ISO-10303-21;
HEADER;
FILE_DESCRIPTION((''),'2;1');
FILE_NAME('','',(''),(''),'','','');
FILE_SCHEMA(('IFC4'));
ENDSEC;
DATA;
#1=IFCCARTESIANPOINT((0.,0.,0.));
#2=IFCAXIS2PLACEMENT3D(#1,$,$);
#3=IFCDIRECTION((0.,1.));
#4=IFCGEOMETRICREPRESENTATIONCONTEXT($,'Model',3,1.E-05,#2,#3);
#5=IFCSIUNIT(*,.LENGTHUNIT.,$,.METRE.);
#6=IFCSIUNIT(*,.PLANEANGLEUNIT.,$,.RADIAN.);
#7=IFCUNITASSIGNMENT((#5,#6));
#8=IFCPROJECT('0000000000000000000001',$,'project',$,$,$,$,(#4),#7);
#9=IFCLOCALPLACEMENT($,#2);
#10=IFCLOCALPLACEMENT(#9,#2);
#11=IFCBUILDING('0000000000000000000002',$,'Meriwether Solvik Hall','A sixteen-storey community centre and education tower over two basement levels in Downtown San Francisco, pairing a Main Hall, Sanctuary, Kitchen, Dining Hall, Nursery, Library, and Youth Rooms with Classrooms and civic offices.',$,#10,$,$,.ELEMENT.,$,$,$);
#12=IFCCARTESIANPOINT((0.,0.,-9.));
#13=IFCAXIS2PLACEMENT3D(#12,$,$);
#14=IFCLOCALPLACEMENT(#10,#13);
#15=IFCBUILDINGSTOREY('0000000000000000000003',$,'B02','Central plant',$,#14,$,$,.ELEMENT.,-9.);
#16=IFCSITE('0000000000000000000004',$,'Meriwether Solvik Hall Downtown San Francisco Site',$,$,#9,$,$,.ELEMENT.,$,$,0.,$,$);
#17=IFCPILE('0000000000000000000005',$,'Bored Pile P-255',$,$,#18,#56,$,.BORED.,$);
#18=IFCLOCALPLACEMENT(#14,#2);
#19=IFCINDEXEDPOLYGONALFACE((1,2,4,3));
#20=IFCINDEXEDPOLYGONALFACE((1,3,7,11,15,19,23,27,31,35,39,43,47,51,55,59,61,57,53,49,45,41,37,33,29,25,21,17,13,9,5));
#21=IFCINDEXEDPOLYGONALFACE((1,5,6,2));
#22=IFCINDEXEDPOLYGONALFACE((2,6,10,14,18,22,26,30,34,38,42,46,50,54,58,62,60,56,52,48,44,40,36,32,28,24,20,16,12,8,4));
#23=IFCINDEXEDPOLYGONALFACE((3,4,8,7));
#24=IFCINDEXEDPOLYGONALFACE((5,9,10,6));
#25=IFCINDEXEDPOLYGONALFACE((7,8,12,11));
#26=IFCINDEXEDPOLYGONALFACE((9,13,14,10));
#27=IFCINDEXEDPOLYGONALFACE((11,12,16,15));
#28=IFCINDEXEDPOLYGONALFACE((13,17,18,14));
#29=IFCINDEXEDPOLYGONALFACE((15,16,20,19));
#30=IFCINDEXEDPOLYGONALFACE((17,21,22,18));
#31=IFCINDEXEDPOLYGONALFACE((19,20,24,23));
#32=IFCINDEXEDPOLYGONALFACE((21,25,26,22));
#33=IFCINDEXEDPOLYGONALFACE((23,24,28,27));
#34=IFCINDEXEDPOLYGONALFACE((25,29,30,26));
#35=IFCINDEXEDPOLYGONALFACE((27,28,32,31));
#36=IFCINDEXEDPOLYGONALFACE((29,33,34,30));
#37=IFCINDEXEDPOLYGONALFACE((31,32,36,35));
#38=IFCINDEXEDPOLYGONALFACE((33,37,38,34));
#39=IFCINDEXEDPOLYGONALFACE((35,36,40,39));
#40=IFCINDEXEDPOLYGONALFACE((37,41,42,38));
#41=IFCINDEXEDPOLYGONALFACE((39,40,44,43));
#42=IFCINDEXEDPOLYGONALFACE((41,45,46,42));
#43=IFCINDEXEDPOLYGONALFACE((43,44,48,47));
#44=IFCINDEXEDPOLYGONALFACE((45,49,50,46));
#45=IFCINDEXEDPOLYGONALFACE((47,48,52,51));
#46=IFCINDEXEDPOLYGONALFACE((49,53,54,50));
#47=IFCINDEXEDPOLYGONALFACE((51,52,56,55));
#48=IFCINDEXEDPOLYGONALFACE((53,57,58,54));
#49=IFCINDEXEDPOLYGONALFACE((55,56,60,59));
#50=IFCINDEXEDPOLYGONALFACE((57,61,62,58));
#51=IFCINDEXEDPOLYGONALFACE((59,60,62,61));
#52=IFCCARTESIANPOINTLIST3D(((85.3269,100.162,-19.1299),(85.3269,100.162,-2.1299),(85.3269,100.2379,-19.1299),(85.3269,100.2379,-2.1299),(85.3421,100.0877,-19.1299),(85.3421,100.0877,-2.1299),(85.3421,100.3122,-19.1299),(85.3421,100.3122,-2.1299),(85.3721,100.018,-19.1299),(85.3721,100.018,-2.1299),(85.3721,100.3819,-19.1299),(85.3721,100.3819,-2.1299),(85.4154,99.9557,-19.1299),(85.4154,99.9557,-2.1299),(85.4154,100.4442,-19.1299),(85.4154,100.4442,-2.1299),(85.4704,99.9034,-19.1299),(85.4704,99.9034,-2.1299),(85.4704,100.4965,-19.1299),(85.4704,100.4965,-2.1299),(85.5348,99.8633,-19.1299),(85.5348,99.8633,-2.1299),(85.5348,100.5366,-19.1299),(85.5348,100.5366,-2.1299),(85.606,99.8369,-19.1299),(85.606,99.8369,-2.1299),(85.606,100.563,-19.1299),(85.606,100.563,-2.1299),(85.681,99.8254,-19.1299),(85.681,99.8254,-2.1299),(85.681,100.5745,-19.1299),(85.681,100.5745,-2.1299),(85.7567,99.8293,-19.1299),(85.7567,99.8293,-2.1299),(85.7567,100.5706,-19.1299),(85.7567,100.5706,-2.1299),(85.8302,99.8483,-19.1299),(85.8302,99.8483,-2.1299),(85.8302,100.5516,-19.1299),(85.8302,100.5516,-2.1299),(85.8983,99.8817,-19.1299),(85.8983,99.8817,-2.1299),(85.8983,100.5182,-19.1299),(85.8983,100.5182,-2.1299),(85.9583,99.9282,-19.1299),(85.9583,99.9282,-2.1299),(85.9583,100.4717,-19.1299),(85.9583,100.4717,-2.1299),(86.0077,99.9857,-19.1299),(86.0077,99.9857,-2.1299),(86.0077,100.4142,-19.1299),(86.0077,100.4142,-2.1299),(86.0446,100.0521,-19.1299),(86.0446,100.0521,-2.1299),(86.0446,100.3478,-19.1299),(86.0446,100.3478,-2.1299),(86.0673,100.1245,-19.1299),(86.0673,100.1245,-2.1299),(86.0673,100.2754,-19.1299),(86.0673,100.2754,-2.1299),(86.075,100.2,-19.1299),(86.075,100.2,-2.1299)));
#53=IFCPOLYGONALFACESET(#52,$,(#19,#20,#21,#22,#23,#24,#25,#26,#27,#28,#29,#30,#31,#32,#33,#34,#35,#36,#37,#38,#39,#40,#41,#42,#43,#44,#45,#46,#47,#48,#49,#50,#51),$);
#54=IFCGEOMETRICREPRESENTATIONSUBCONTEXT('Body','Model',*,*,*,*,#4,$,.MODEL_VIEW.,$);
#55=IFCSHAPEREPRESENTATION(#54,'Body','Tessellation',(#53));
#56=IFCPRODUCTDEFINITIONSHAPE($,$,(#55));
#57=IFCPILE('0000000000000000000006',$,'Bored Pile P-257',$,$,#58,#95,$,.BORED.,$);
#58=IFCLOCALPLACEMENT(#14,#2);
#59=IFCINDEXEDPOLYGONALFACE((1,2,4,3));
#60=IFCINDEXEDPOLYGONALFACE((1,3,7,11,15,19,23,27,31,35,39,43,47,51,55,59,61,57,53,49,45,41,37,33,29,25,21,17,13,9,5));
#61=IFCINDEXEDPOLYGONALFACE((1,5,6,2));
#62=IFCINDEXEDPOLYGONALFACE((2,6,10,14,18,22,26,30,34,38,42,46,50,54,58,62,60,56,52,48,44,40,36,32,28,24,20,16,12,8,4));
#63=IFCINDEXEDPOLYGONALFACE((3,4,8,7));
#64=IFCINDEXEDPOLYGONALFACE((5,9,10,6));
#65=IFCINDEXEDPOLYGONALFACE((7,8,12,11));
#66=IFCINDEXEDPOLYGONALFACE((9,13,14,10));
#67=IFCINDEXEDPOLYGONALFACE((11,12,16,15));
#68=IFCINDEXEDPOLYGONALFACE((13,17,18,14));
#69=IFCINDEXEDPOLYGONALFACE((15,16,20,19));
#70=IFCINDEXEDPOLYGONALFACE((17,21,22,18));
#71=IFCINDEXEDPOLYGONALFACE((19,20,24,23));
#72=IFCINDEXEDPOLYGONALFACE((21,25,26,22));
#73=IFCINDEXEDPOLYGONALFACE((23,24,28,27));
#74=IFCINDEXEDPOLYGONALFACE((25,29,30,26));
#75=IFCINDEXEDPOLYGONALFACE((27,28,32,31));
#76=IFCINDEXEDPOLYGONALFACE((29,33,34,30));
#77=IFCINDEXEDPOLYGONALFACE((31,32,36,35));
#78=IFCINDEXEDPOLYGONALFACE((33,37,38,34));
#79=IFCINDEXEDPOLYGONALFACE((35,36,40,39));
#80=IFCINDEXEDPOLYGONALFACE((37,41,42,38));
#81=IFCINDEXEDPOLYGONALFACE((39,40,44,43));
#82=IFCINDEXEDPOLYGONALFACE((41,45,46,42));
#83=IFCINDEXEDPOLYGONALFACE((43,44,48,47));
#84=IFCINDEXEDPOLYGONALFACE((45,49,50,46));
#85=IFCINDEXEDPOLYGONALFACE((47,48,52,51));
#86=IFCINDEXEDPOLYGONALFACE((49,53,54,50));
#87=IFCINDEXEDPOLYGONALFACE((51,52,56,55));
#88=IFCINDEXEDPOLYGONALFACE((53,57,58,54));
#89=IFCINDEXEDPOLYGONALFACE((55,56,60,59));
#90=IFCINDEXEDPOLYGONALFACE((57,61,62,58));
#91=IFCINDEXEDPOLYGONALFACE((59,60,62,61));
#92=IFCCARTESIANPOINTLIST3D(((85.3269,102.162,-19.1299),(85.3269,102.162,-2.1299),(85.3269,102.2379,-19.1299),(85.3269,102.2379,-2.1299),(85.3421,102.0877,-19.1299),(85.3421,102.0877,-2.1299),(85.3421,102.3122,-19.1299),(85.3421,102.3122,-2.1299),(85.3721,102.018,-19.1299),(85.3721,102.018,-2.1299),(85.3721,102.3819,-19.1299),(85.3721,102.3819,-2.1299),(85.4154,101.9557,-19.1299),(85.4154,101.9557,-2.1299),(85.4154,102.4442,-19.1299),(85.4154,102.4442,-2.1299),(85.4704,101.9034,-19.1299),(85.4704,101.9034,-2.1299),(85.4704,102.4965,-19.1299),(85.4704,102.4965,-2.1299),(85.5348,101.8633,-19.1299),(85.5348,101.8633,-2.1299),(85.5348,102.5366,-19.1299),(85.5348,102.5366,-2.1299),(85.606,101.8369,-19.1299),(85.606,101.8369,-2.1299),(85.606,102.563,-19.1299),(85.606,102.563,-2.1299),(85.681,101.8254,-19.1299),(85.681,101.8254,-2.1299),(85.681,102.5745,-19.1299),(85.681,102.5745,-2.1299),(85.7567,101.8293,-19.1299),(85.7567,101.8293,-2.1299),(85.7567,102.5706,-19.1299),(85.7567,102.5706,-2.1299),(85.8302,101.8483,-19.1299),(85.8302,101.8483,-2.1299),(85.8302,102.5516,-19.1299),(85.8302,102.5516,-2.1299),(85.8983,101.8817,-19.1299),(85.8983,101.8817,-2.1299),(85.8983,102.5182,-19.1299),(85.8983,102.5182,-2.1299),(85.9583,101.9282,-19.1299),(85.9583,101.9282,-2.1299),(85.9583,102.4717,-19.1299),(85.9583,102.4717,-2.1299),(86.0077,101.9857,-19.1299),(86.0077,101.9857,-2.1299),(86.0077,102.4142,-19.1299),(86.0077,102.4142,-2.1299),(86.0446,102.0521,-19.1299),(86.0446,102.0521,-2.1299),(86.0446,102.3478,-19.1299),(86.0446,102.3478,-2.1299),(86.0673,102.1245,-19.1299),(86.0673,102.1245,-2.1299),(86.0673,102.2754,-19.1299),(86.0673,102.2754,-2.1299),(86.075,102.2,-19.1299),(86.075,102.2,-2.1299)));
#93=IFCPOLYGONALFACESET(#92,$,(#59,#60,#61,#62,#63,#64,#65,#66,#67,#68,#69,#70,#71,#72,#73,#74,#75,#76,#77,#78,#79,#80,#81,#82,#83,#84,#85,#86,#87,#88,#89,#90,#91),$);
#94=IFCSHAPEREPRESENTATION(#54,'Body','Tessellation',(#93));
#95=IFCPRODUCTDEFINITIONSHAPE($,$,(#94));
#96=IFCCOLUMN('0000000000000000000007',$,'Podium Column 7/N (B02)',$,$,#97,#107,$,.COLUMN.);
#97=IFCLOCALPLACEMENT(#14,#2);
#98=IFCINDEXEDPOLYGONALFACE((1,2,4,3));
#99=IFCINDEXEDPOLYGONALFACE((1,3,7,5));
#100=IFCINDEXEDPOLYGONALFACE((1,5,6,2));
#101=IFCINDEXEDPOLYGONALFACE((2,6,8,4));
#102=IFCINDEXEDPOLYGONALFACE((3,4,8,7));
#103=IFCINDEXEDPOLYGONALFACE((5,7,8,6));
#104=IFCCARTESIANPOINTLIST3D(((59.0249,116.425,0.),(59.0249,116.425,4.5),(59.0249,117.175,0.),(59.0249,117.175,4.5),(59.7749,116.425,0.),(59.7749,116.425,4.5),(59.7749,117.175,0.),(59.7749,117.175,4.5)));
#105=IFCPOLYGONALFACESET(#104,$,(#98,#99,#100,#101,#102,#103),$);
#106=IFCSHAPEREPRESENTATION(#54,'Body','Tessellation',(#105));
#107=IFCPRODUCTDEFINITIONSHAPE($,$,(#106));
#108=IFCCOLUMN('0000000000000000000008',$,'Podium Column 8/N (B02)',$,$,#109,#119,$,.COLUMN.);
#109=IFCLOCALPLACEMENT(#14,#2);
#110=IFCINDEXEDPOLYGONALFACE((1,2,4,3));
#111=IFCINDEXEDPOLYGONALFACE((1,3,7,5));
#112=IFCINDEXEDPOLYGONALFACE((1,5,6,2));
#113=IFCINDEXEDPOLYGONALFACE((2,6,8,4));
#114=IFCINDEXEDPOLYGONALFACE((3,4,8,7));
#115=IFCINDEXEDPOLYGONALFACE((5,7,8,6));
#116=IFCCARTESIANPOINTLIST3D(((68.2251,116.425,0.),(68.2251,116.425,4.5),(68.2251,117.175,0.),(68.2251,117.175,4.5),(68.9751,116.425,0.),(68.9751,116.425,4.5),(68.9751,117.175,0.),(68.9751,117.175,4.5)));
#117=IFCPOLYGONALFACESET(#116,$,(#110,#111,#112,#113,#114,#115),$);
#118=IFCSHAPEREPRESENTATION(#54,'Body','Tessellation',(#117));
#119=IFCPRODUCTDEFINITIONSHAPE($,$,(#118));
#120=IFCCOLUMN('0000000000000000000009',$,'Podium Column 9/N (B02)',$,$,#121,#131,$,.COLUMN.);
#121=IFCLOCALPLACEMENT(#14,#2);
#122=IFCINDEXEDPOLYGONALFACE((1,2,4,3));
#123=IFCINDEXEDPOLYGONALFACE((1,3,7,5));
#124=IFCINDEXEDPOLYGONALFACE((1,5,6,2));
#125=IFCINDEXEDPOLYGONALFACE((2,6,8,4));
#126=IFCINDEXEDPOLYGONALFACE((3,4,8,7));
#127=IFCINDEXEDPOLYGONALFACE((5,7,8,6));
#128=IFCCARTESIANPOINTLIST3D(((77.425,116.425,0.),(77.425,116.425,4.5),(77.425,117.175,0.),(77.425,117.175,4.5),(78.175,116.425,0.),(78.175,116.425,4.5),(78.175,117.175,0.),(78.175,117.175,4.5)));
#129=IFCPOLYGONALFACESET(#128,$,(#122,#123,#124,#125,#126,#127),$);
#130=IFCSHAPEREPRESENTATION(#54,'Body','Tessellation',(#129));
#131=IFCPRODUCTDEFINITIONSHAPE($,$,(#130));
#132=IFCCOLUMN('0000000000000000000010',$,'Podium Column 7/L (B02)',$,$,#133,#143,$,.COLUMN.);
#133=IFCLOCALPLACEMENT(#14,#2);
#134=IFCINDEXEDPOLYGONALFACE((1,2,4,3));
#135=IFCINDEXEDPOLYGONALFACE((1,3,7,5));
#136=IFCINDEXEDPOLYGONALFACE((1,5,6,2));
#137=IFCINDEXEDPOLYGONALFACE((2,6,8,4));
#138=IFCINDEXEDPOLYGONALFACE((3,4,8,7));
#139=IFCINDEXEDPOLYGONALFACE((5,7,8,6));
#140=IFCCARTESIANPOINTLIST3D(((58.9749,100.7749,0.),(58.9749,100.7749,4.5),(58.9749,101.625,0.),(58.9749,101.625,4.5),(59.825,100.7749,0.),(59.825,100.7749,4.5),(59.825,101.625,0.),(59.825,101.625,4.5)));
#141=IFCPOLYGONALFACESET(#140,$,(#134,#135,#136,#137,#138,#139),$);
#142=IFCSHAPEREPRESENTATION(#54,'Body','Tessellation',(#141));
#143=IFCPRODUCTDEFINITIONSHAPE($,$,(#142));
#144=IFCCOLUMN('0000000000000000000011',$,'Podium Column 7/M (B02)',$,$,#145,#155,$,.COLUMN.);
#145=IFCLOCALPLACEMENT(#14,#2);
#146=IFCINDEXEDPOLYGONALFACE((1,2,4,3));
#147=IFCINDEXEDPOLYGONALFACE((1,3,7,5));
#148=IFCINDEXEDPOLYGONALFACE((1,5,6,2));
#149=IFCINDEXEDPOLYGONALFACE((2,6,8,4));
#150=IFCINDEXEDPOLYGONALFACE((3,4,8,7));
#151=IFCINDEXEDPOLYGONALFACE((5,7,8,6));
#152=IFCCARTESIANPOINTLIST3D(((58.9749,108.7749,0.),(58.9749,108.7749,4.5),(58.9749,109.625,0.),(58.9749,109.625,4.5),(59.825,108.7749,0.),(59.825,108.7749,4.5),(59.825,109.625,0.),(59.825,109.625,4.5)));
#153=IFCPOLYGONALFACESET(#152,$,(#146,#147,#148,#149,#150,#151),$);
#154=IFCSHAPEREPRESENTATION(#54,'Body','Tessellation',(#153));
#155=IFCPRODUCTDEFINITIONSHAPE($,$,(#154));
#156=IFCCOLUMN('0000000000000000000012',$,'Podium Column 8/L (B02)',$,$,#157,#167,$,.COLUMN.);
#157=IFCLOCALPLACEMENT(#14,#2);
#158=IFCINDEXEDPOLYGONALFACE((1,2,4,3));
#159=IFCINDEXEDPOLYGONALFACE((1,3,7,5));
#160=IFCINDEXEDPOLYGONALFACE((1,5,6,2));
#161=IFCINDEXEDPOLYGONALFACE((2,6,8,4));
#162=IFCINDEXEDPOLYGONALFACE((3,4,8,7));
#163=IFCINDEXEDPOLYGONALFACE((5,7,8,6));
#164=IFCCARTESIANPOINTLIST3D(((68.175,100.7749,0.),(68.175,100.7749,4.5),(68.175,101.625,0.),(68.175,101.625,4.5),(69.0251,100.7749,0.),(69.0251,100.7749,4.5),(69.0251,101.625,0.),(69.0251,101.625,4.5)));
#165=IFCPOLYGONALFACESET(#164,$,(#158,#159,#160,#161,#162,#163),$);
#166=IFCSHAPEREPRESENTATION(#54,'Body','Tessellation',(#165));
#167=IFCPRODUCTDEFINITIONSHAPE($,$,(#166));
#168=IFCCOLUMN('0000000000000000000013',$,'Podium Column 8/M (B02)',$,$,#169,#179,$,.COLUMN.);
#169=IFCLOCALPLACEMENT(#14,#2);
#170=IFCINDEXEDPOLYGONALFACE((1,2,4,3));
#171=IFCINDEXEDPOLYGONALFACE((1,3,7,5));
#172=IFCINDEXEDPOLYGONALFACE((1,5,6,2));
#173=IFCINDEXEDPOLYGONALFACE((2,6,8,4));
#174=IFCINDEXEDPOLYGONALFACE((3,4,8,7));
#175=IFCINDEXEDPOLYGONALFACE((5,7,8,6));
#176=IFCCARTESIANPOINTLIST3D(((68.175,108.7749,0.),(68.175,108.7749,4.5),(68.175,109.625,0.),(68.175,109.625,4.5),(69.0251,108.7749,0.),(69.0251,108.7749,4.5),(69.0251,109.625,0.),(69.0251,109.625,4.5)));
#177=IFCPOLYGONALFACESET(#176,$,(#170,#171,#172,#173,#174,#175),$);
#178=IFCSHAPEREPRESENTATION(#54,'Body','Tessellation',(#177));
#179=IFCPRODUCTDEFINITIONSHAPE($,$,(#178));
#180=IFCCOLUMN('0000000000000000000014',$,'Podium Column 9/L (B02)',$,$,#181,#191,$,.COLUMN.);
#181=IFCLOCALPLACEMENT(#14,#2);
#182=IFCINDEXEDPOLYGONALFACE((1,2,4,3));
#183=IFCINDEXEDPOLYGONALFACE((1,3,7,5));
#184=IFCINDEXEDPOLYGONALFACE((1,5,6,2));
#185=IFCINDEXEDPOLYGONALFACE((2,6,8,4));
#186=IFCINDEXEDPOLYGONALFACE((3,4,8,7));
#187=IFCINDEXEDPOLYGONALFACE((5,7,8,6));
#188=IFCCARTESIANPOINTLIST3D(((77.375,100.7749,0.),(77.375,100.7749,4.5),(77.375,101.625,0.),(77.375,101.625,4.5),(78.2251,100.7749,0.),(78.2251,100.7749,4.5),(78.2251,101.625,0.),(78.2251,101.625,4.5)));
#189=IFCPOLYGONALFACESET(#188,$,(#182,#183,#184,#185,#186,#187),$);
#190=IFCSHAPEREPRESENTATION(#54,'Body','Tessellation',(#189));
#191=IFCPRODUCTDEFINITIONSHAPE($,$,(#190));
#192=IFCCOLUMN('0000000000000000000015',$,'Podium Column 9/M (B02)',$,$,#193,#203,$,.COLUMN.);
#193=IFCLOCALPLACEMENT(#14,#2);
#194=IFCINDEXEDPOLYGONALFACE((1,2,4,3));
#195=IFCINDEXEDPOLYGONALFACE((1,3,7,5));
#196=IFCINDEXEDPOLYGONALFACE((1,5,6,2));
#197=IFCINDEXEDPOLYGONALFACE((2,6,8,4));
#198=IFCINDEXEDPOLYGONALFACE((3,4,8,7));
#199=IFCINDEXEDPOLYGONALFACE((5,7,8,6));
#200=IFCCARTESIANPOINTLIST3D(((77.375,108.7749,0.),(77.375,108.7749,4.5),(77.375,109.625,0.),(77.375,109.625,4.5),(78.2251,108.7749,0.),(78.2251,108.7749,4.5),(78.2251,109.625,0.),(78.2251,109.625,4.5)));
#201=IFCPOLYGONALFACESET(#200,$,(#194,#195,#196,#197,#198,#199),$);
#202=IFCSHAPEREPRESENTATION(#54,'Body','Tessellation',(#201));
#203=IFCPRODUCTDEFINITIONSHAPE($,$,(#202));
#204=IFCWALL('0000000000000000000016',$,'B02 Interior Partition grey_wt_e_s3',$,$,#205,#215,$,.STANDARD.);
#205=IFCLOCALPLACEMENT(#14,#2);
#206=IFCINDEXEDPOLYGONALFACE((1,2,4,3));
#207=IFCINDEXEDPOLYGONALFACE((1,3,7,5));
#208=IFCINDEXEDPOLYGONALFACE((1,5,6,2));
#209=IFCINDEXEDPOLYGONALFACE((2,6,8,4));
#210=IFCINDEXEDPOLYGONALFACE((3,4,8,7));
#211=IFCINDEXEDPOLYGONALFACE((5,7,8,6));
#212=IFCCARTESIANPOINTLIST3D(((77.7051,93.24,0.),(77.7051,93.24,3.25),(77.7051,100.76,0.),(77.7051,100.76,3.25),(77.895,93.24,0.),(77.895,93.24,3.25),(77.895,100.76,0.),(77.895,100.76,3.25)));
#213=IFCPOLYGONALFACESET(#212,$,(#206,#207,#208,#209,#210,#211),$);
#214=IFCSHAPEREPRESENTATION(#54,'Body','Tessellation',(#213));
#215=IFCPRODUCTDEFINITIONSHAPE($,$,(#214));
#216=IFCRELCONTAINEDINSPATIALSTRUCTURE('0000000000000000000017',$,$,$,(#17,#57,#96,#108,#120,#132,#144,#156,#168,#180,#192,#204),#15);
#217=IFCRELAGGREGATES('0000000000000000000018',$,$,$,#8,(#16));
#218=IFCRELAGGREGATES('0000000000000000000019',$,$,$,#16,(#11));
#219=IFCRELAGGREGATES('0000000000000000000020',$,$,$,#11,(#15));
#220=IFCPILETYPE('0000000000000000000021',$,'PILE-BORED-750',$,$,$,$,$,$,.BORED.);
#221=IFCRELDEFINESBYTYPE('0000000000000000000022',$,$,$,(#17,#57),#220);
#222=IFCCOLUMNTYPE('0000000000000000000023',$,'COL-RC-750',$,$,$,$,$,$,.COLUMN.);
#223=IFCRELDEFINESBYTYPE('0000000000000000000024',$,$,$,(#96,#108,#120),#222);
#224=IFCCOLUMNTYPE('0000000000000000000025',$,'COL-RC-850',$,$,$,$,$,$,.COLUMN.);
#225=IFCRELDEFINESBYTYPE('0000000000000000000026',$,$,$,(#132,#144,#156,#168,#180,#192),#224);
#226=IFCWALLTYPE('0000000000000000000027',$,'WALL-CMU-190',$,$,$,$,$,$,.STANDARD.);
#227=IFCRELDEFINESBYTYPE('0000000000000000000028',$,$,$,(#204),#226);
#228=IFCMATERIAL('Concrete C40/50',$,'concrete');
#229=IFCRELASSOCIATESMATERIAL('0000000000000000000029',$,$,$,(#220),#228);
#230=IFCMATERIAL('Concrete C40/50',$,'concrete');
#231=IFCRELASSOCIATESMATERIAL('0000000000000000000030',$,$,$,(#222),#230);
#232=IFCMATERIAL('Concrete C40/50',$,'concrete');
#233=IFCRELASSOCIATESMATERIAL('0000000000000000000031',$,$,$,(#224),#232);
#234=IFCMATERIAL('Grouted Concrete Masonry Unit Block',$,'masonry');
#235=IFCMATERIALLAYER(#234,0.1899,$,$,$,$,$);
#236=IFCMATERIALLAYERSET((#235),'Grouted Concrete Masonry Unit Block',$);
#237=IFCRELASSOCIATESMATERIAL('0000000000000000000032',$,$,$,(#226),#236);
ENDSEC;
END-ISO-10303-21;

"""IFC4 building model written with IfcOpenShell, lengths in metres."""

from ifc_helpers import new_model, si_unit, direction, frame, frame_2d, origin, origin_2d, place, context, subcontext, project, spatial, rectangle, circle, extrude, material, layer, layer_set, material_profile, profile_set, type_object, element, save


model = new_model("IFC4")

# Units and contexts
model_context = context("Model", 3, precision=1e-05, world=origin(), true_north=direction((0.0, 1.0)))
body_context = subcontext(model_context, "Body", "Model", "MODEL_VIEW")
ifc_project = project(units=[si_unit("LENGTHUNIT", "METRE"), si_unit("PLANEANGLEUNIT", "RADIAN")], contexts=[model_context])

# Site, building, storey
site_placement = place(None, origin())
site = spatial("IfcSite", under=ifc_project, at=site_placement, Name="Meriwether Solvik Hall Downtown San Francisco Site", CompositionType="ELEMENT", RefElevation=0.0)
building_placement = place(site_placement, origin())
building = spatial("IfcBuilding", under=site, at=building_placement, Name="Meriwether Solvik Hall", Description="A sixteen-storey community centre and education tower over two basement levels in Downtown San Francisco, pairing a Main Hall, Sanctuary, Kitchen, Dining Hall, Nursery, Library, and Youth Rooms with Classrooms and civic offices.", CompositionType="ELEMENT")
storey_placement = place(building_placement, frame((0.0, 0.0, -9.0)))
storey = spatial("IfcBuildingStorey", under=building, at=storey_placement, Name="B02", Description="Central plant", CompositionType="ELEMENT", Elevation=-9.0)

# Piles
ifc_material_1 = material(Name="Concrete C40/50", Category="concrete")
ifc_material_profile_1 = material_profile(ifc_material_1, circle(Radius=0.375, at=origin_2d()), Name="PILE-D750")
ifc_profile_set_1 = profile_set([ifc_material_profile_1], Name="Concrete C40/50")
pile_type_1 = type_object("IfcPileType", Name="PILE-BORED-750", PredefinedType="BORED", material=ifc_profile_set_1)
for number, where, z_axis, x_axis, name in (
    (1, (85.7, 100.2, -2.1299), (0.0, 0.0, -1.0), (1.0, 0.0, 0.0), "Bored Pile P-255"),
    (2, (85.7, 102.2, -2.1299), (0.0, 0.0, -1.0), (1.0, 0.0, 0.0), "Bored Pile P-257"),
):
    element("IfcPile", number, at=place(storey_placement, frame(where, z_axis=z_axis, x_axis=x_axis)), inside=storey, type_object=pile_type_1, Name=name, PredefinedType="BORED", context=body_context, shape_type="SweptSolid", body=[
        extrude(circle(Radius=0.375, at=origin_2d()), origin(), (0.0, 0.0, 1.0), 17.0),
    ])

# Columns
ifc_material_2 = material(Name="Concrete C40/50", Category="concrete")
ifc_material_profile_2 = material_profile(ifc_material_2, rectangle(XDim=0.75, YDim=0.75, at=origin_2d()), Name="RCC-750X750")
ifc_profile_set_2 = profile_set([ifc_material_profile_2], Name="Concrete C40/50")
column_type_1 = type_object("IfcColumnType", Name="COL-RC-750", PredefinedType="COLUMN", material=ifc_profile_set_2)
for number, where, z_axis, x_axis, name in (
    (3, (59.3999, 116.8, 0.0), (0.0, 0.0, 1.0), (1.0, 0.0, 0.0), "Podium Column 7/N (B02)"),
    (4, (68.6001, 116.8, 0.0), (0.0, 0.0, 1.0), (1.0, 0.0, 0.0), "Podium Column 8/N (B02)"),
    (5, (77.8, 116.8, 0.0), (0.0, 0.0, 1.0), (1.0, 0.0, 0.0), "Podium Column 9/N (B02)"),
):
    element("IfcColumn", number, at=place(storey_placement, frame(where, z_axis=z_axis, x_axis=x_axis)), inside=storey, type_object=column_type_1, Name=name, PredefinedType="COLUMN", context=body_context, shape_type="SweptSolid", body=[
        extrude(rectangle(XDim=0.75, YDim=0.75, at=origin_2d()), origin(), (0.0, 0.0, 1.0), 4.5),
    ])
ifc_material_3 = material(Name="Concrete C40/50", Category="concrete")
ifc_material_profile_3 = material_profile(ifc_material_3, rectangle(XDim=0.8501, YDim=0.8501, at=origin_2d()), Name="RCC-850X850")
ifc_profile_set_3 = profile_set([ifc_material_profile_3], Name="Concrete C40/50")
column_type_2 = type_object("IfcColumnType", Name="COL-RC-850", PredefinedType="COLUMN", material=ifc_profile_set_3)
for number, where, z_axis, x_axis, name in (
    (6, (59.3999, 101.2, 0.0), (0.0, 0.0, 1.0), (1.0, 0.0, 0.0), "Podium Column 7/L (B02)"),
    (7, (59.3999, 109.2, 0.0), (0.0, 0.0, 1.0), (1.0, 0.0, 0.0), "Podium Column 7/M (B02)"),
    (8, (68.6001, 101.2, 0.0), (0.0, 0.0, 1.0), (1.0, 0.0, 0.0), "Podium Column 8/L (B02)"),
    (9, (68.6001, 109.2, 0.0), (0.0, 0.0, 1.0), (1.0, 0.0, 0.0), "Podium Column 8/M (B02)"),
    (10, (77.8, 101.2, 0.0), (0.0, 0.0, 1.0), (1.0, 0.0, 0.0), "Podium Column 9/L (B02)"),
    (11, (77.8, 109.2, 0.0), (0.0, 0.0, 1.0), (1.0, 0.0, 0.0), "Podium Column 9/M (B02)"),
):
    element("IfcColumn", number, at=place(storey_placement, frame(where, z_axis=z_axis, x_axis=x_axis)), inside=storey, type_object=column_type_2, Name=name, PredefinedType="COLUMN", context=body_context, shape_type="SweptSolid", body=[
        extrude(rectangle(XDim=0.8501, YDim=0.8501, at=origin_2d()), origin(), (0.0, 0.0, 1.0), 4.5),
    ])

# Wall
ifc_material_4 = material(Name="Grouted Concrete Masonry Unit Block", Category="masonry")
ifc_layer_1 = layer(ifc_material_4, 0.1899)
ifc_layer_set_1 = layer_set([ifc_layer_1], Name="Grouted Concrete Masonry Unit Block")
wall_type = type_object("IfcWallType", Name="WALL-CMU-190", PredefinedType="STANDARD", material=ifc_layer_set_1)
wall_1_placement = place(storey_placement, frame((77.8, 93.24, 0.0), z_axis=(0.0, 0.0, 1.0), x_axis=(0.0, 1.0, 0.0)))
element("IfcWall", 12, at=wall_1_placement, inside=storey, type_object=wall_type, Name="B02 Interior Partition grey_wt_e_s3", PredefinedType="STANDARD", context=body_context, shape_type="SweptSolid", body=[
    extrude(rectangle(XDim=7.52, YDim=0.1899, at=frame_2d((3.76, 0.0))), origin(), (0.0, 0.0, 1.0), 3.25),
])

save(model, "model.ifc")
